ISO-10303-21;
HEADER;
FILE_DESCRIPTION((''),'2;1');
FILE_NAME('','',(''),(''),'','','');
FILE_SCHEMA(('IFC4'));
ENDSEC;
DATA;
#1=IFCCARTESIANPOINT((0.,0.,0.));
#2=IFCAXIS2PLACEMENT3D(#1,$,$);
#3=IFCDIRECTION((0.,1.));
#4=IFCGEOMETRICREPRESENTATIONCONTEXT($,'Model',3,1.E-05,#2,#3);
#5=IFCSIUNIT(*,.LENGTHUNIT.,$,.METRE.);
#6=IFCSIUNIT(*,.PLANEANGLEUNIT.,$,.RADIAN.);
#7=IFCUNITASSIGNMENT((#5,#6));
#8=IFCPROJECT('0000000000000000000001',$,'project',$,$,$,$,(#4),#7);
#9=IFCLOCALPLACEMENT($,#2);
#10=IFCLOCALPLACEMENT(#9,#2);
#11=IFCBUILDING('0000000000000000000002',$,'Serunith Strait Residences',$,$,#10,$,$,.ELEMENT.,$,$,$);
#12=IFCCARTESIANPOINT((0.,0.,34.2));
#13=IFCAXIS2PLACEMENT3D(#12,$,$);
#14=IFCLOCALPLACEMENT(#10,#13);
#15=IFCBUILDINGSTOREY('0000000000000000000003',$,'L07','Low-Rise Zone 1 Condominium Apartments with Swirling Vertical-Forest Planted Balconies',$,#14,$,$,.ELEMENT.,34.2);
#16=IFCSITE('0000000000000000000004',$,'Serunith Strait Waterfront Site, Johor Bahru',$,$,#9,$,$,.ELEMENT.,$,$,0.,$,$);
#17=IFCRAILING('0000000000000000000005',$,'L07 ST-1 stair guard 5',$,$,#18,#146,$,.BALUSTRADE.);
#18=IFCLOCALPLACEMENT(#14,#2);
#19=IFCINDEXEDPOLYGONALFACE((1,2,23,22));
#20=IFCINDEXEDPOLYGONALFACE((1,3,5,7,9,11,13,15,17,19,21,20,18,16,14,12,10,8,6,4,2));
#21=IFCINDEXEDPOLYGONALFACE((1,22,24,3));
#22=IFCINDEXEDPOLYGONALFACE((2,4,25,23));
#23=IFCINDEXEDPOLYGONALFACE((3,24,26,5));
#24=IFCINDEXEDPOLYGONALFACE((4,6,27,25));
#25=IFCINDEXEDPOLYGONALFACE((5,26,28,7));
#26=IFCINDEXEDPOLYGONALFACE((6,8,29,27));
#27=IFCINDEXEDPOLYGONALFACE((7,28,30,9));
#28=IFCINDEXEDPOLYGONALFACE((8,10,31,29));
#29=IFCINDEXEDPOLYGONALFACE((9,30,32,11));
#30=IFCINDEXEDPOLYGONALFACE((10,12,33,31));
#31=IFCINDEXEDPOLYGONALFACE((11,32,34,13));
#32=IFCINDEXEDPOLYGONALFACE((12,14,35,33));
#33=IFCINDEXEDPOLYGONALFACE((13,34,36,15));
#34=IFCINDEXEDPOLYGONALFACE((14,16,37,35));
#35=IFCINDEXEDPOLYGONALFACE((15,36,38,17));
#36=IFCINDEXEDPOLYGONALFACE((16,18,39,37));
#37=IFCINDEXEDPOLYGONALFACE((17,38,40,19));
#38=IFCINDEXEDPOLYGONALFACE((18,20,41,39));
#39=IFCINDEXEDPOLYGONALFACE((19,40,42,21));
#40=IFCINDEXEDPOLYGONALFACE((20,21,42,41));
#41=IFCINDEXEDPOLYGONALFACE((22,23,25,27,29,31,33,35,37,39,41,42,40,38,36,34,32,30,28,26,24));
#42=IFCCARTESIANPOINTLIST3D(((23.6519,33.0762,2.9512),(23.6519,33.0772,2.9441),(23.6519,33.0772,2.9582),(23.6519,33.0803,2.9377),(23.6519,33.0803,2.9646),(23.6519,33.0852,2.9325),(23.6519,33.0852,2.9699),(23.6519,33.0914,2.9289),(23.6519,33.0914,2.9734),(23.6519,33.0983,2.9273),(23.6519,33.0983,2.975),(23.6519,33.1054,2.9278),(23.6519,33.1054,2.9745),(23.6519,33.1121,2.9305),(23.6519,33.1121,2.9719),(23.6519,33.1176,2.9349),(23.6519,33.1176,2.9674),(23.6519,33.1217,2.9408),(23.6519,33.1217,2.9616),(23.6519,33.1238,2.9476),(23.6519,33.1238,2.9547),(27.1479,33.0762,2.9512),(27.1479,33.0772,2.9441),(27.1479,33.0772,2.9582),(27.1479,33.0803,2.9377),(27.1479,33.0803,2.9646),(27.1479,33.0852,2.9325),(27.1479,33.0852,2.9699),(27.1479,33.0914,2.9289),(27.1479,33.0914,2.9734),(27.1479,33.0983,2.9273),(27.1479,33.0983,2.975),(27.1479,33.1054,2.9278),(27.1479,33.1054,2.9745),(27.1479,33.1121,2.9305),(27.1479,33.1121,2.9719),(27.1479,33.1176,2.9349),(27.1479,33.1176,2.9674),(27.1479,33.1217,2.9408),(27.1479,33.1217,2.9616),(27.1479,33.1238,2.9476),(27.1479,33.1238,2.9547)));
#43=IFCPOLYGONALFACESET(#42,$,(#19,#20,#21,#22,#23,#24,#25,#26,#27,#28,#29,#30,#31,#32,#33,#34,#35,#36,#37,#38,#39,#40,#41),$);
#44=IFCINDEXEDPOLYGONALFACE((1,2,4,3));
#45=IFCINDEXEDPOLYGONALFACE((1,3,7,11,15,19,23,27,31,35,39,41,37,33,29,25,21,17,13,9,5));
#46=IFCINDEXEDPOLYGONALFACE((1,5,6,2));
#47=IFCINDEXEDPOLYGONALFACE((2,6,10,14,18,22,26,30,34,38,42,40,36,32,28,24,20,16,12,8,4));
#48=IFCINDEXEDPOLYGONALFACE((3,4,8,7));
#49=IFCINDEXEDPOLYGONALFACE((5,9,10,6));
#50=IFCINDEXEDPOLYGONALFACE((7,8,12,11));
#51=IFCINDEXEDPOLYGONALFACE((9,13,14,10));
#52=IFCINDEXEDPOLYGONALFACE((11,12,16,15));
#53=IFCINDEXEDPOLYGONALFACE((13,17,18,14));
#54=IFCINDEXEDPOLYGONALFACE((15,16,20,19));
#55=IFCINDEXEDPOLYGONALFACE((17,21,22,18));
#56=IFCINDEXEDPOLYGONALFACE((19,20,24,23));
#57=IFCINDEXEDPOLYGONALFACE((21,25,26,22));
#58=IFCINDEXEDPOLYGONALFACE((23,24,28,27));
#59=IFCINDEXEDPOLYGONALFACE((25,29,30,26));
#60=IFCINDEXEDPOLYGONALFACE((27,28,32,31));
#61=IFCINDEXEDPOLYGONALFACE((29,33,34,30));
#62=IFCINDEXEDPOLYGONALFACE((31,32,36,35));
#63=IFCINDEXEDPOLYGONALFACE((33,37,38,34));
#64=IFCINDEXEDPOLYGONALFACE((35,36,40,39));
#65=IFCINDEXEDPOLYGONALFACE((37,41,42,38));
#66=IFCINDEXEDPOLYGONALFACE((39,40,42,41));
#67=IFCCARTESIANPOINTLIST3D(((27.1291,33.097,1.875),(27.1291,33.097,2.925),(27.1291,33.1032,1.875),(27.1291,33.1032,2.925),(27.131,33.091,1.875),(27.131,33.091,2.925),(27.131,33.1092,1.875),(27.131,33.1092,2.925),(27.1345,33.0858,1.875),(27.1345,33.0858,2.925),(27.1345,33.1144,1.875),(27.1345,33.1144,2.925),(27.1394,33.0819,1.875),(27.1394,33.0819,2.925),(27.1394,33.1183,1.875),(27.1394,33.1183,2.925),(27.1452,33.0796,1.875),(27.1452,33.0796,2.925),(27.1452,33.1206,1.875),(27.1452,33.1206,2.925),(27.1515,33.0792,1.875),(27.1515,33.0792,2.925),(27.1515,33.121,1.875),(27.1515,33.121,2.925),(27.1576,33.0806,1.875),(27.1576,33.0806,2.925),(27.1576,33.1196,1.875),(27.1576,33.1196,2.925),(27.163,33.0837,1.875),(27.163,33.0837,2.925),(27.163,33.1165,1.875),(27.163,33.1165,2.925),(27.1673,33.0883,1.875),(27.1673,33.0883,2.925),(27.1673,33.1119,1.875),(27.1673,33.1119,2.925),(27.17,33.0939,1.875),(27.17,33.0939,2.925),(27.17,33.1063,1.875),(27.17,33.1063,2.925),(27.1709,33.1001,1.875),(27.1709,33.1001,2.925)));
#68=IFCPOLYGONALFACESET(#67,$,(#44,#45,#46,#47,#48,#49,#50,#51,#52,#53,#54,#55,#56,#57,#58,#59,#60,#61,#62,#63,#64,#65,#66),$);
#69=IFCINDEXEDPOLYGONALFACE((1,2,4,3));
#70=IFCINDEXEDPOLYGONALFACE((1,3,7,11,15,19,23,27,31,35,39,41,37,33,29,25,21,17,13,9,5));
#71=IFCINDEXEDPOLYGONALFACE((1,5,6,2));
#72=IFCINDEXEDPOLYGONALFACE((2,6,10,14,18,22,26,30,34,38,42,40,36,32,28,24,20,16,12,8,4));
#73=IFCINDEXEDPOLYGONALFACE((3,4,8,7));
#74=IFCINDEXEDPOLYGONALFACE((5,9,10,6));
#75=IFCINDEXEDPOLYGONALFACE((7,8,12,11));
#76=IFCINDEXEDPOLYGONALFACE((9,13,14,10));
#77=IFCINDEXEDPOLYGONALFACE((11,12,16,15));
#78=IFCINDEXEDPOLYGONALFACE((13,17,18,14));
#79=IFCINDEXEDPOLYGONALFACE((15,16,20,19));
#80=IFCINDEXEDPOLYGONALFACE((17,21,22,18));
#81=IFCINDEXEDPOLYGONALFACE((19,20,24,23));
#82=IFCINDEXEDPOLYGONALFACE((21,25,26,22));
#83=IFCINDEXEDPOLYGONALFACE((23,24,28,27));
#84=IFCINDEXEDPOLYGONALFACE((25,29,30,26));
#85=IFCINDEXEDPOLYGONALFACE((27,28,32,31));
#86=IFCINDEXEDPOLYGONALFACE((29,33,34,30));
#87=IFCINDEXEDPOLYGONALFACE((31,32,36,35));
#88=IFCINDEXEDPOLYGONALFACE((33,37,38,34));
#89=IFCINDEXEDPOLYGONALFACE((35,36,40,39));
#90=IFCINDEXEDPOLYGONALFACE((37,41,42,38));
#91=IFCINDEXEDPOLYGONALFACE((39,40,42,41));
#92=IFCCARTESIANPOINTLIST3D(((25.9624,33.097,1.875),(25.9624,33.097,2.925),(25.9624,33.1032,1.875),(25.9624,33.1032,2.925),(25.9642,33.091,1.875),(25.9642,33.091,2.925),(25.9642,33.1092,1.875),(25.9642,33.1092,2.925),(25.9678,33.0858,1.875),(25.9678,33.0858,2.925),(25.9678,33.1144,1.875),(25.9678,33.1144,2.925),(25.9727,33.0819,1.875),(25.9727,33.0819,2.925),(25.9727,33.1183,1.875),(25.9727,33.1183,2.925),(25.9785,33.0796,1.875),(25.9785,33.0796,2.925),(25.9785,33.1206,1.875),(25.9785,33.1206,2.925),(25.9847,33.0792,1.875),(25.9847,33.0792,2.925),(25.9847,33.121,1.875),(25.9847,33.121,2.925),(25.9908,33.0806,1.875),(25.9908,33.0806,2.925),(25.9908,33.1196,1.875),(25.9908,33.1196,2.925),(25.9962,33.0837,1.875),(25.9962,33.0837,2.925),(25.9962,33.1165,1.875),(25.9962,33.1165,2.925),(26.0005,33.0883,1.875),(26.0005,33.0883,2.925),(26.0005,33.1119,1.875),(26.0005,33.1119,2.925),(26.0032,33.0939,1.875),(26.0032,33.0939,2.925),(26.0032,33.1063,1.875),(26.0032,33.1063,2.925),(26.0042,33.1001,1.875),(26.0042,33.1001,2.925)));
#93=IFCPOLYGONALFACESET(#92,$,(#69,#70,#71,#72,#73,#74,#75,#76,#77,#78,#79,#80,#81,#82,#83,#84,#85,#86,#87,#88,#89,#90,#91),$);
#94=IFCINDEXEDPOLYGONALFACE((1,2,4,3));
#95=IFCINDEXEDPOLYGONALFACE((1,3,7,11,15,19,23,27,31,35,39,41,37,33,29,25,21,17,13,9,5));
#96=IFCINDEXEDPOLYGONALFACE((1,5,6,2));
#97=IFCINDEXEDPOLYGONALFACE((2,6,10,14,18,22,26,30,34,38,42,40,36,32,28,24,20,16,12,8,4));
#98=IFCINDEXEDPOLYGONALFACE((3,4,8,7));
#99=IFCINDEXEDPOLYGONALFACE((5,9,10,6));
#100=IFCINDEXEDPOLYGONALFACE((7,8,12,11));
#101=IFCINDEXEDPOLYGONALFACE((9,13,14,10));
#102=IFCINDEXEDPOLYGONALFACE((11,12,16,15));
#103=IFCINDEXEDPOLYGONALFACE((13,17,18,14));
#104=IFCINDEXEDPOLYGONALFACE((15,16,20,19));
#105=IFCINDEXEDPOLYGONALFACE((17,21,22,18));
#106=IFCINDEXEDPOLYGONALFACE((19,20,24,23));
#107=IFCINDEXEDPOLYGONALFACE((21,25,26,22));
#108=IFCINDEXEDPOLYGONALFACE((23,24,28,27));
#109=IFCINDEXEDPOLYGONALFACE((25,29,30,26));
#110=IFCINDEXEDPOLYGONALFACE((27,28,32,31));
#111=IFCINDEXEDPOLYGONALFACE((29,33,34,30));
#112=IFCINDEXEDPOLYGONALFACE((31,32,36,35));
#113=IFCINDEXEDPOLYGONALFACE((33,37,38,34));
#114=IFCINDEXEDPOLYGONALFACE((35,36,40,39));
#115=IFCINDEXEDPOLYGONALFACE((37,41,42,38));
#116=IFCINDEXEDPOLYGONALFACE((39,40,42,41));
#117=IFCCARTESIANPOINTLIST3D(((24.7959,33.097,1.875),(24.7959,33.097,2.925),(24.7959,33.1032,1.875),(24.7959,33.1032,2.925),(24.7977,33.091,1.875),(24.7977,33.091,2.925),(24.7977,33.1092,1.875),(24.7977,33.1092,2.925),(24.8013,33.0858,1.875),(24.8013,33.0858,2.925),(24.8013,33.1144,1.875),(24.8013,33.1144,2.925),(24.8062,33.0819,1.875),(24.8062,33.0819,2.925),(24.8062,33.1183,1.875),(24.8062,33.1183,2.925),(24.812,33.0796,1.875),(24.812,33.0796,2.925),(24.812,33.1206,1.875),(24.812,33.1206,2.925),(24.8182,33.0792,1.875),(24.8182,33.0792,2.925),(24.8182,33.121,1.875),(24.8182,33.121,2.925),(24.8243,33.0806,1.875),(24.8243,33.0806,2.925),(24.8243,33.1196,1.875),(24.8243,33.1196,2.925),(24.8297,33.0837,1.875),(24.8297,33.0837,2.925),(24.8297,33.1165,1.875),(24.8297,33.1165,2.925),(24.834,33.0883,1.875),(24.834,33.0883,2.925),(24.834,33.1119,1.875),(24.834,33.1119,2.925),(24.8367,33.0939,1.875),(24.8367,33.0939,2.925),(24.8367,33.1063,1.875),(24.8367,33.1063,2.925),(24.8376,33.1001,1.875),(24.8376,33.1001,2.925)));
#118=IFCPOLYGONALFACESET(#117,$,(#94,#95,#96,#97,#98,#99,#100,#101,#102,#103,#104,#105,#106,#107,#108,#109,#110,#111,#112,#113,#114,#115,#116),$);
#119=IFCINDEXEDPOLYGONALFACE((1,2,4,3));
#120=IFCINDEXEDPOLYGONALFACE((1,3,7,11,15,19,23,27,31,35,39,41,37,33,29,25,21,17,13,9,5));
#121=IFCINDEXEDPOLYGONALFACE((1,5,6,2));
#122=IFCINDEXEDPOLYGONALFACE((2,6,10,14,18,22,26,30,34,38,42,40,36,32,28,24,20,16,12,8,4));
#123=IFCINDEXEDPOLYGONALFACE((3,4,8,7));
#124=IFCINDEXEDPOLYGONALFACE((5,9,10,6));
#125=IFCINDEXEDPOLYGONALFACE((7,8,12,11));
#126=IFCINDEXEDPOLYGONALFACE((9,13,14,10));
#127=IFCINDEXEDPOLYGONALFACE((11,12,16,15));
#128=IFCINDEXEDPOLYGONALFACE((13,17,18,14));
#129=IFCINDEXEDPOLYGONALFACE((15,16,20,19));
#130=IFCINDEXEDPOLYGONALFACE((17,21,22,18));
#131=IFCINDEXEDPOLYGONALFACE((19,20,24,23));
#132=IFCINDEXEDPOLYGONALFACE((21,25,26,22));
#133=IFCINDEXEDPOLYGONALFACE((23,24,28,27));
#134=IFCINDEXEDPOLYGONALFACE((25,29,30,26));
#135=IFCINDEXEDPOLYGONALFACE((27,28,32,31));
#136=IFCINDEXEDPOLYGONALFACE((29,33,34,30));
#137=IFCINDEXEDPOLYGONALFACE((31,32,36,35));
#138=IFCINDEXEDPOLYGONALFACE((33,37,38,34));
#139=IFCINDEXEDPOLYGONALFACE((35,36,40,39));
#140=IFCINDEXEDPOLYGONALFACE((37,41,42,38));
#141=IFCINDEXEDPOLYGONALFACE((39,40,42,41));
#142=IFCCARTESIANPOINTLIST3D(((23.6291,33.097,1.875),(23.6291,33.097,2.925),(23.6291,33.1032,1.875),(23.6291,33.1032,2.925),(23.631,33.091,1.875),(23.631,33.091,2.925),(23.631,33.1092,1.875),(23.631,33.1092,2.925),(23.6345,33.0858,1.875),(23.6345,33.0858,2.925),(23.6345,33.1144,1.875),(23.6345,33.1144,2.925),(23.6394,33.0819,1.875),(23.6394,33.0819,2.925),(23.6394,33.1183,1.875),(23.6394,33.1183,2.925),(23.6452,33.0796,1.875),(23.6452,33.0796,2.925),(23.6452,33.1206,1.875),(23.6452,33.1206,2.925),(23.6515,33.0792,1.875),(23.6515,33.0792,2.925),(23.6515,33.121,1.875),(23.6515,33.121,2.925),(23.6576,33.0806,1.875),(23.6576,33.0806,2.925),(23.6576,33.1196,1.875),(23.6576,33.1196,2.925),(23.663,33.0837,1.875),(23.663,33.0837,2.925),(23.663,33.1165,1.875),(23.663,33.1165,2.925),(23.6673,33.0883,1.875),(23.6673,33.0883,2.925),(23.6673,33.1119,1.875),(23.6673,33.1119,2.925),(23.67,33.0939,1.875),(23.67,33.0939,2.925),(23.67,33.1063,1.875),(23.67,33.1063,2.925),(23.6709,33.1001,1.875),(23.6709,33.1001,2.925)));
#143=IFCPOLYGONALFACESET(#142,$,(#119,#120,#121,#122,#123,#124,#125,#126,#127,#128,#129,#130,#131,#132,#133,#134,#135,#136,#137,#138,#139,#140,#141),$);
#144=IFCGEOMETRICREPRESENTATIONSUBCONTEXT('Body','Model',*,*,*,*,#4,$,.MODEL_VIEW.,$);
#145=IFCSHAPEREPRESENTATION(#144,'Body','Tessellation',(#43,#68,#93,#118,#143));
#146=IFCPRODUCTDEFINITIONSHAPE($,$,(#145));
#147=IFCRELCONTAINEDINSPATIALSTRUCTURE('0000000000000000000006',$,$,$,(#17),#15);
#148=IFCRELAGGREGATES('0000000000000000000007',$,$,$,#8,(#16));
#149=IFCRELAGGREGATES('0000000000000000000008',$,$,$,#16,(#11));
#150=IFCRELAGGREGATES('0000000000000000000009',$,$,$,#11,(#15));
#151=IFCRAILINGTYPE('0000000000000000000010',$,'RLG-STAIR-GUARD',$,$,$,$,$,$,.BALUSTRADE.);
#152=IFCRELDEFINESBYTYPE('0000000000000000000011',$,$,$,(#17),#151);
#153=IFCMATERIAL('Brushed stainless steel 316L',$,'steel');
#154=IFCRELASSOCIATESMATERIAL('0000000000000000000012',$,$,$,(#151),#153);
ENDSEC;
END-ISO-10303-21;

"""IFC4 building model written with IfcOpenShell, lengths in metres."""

from ifc_helpers import new_model, si_unit, direction, frame, origin, origin_2d, place, context, subcontext, project, spatial, circle, extrude, material, type_object, element, save


model = new_model("IFC4")

# Units and contexts
model_context = context("Model", 3, precision=1e-05, world=origin(), true_north=direction((0.0, 1.0)))
body_context = subcontext(model_context, "Body", "Model", "MODEL_VIEW")
ifc_project = project(units=[si_unit("LENGTHUNIT", "METRE"), si_unit("PLANEANGLEUNIT", "RADIAN")], contexts=[model_context])

# Site, building, storey
site_placement = place(None, origin())
site = spatial("IfcSite", under=ifc_project, at=site_placement, Name="Serunith Strait Waterfront Site, Johor Bahru", CompositionType="ELEMENT", RefElevation=0.0)
building_placement = place(site_placement, origin())
building = spatial("IfcBuilding", under=site, at=building_placement, Name="Serunith Strait Residences", CompositionType="ELEMENT")
storey_placement = place(building_placement, frame((0.0, 0.0, 34.2)))
storey = spatial("IfcBuildingStorey", under=building, at=storey_placement, Name="L07", Description="Low-Rise Zone 1 Condominium Apartments with Swirling Vertical-Forest Planted Balconies", CompositionType="ELEMENT", Elevation=34.2)

# Railing
ifc_material_1 = material(Name="Brushed stainless steel 316L", Category="steel")
railing_type_1 = type_object("IfcRailingType", Name="RLG-STAIR-GUARD", PredefinedType="BALUSTRADE", material=ifc_material_1)
railing_1_placement = place(storey_placement, frame((27.1499, 33.1001, 1.875)))
element("IfcRailing", 1, at=railing_1_placement, inside=storey, type_object=railing_type_1, Name="L07 ST-1 stair guard 5", PredefinedType="BALUSTRADE", context=body_context, shape_type="SweptSolid", body=[
    extrude(circle(Radius=0.0239, at=origin_2d()), frame((-0.002, 0.0, 1.0762), z_axis=(-1.0, 0.0, 0.0), x_axis=(0.0, -1.0, 0.0)), (0.0, 0.0, 1.0), 3.4961),
    extrude(circle(Radius=0.021, at=origin_2d()), origin(), (0.0, 0.0, 1.0), 1.05),
    extrude(circle(Radius=0.021, at=origin_2d()), frame((-1.1667, 0.0, 0.0)), (0.0, 0.0, 1.0), 1.05),
    extrude(circle(Radius=0.021, at=origin_2d()), frame((-2.3333, 0.0, 0.0)), (0.0, 0.0, 1.0), 1.05),
    extrude(circle(Radius=0.021, at=origin_2d()), frame((-3.5, 0.0, 0.0)), (0.0, 0.0, 1.0), 1.05),
])

save(model, "model.ifc")
